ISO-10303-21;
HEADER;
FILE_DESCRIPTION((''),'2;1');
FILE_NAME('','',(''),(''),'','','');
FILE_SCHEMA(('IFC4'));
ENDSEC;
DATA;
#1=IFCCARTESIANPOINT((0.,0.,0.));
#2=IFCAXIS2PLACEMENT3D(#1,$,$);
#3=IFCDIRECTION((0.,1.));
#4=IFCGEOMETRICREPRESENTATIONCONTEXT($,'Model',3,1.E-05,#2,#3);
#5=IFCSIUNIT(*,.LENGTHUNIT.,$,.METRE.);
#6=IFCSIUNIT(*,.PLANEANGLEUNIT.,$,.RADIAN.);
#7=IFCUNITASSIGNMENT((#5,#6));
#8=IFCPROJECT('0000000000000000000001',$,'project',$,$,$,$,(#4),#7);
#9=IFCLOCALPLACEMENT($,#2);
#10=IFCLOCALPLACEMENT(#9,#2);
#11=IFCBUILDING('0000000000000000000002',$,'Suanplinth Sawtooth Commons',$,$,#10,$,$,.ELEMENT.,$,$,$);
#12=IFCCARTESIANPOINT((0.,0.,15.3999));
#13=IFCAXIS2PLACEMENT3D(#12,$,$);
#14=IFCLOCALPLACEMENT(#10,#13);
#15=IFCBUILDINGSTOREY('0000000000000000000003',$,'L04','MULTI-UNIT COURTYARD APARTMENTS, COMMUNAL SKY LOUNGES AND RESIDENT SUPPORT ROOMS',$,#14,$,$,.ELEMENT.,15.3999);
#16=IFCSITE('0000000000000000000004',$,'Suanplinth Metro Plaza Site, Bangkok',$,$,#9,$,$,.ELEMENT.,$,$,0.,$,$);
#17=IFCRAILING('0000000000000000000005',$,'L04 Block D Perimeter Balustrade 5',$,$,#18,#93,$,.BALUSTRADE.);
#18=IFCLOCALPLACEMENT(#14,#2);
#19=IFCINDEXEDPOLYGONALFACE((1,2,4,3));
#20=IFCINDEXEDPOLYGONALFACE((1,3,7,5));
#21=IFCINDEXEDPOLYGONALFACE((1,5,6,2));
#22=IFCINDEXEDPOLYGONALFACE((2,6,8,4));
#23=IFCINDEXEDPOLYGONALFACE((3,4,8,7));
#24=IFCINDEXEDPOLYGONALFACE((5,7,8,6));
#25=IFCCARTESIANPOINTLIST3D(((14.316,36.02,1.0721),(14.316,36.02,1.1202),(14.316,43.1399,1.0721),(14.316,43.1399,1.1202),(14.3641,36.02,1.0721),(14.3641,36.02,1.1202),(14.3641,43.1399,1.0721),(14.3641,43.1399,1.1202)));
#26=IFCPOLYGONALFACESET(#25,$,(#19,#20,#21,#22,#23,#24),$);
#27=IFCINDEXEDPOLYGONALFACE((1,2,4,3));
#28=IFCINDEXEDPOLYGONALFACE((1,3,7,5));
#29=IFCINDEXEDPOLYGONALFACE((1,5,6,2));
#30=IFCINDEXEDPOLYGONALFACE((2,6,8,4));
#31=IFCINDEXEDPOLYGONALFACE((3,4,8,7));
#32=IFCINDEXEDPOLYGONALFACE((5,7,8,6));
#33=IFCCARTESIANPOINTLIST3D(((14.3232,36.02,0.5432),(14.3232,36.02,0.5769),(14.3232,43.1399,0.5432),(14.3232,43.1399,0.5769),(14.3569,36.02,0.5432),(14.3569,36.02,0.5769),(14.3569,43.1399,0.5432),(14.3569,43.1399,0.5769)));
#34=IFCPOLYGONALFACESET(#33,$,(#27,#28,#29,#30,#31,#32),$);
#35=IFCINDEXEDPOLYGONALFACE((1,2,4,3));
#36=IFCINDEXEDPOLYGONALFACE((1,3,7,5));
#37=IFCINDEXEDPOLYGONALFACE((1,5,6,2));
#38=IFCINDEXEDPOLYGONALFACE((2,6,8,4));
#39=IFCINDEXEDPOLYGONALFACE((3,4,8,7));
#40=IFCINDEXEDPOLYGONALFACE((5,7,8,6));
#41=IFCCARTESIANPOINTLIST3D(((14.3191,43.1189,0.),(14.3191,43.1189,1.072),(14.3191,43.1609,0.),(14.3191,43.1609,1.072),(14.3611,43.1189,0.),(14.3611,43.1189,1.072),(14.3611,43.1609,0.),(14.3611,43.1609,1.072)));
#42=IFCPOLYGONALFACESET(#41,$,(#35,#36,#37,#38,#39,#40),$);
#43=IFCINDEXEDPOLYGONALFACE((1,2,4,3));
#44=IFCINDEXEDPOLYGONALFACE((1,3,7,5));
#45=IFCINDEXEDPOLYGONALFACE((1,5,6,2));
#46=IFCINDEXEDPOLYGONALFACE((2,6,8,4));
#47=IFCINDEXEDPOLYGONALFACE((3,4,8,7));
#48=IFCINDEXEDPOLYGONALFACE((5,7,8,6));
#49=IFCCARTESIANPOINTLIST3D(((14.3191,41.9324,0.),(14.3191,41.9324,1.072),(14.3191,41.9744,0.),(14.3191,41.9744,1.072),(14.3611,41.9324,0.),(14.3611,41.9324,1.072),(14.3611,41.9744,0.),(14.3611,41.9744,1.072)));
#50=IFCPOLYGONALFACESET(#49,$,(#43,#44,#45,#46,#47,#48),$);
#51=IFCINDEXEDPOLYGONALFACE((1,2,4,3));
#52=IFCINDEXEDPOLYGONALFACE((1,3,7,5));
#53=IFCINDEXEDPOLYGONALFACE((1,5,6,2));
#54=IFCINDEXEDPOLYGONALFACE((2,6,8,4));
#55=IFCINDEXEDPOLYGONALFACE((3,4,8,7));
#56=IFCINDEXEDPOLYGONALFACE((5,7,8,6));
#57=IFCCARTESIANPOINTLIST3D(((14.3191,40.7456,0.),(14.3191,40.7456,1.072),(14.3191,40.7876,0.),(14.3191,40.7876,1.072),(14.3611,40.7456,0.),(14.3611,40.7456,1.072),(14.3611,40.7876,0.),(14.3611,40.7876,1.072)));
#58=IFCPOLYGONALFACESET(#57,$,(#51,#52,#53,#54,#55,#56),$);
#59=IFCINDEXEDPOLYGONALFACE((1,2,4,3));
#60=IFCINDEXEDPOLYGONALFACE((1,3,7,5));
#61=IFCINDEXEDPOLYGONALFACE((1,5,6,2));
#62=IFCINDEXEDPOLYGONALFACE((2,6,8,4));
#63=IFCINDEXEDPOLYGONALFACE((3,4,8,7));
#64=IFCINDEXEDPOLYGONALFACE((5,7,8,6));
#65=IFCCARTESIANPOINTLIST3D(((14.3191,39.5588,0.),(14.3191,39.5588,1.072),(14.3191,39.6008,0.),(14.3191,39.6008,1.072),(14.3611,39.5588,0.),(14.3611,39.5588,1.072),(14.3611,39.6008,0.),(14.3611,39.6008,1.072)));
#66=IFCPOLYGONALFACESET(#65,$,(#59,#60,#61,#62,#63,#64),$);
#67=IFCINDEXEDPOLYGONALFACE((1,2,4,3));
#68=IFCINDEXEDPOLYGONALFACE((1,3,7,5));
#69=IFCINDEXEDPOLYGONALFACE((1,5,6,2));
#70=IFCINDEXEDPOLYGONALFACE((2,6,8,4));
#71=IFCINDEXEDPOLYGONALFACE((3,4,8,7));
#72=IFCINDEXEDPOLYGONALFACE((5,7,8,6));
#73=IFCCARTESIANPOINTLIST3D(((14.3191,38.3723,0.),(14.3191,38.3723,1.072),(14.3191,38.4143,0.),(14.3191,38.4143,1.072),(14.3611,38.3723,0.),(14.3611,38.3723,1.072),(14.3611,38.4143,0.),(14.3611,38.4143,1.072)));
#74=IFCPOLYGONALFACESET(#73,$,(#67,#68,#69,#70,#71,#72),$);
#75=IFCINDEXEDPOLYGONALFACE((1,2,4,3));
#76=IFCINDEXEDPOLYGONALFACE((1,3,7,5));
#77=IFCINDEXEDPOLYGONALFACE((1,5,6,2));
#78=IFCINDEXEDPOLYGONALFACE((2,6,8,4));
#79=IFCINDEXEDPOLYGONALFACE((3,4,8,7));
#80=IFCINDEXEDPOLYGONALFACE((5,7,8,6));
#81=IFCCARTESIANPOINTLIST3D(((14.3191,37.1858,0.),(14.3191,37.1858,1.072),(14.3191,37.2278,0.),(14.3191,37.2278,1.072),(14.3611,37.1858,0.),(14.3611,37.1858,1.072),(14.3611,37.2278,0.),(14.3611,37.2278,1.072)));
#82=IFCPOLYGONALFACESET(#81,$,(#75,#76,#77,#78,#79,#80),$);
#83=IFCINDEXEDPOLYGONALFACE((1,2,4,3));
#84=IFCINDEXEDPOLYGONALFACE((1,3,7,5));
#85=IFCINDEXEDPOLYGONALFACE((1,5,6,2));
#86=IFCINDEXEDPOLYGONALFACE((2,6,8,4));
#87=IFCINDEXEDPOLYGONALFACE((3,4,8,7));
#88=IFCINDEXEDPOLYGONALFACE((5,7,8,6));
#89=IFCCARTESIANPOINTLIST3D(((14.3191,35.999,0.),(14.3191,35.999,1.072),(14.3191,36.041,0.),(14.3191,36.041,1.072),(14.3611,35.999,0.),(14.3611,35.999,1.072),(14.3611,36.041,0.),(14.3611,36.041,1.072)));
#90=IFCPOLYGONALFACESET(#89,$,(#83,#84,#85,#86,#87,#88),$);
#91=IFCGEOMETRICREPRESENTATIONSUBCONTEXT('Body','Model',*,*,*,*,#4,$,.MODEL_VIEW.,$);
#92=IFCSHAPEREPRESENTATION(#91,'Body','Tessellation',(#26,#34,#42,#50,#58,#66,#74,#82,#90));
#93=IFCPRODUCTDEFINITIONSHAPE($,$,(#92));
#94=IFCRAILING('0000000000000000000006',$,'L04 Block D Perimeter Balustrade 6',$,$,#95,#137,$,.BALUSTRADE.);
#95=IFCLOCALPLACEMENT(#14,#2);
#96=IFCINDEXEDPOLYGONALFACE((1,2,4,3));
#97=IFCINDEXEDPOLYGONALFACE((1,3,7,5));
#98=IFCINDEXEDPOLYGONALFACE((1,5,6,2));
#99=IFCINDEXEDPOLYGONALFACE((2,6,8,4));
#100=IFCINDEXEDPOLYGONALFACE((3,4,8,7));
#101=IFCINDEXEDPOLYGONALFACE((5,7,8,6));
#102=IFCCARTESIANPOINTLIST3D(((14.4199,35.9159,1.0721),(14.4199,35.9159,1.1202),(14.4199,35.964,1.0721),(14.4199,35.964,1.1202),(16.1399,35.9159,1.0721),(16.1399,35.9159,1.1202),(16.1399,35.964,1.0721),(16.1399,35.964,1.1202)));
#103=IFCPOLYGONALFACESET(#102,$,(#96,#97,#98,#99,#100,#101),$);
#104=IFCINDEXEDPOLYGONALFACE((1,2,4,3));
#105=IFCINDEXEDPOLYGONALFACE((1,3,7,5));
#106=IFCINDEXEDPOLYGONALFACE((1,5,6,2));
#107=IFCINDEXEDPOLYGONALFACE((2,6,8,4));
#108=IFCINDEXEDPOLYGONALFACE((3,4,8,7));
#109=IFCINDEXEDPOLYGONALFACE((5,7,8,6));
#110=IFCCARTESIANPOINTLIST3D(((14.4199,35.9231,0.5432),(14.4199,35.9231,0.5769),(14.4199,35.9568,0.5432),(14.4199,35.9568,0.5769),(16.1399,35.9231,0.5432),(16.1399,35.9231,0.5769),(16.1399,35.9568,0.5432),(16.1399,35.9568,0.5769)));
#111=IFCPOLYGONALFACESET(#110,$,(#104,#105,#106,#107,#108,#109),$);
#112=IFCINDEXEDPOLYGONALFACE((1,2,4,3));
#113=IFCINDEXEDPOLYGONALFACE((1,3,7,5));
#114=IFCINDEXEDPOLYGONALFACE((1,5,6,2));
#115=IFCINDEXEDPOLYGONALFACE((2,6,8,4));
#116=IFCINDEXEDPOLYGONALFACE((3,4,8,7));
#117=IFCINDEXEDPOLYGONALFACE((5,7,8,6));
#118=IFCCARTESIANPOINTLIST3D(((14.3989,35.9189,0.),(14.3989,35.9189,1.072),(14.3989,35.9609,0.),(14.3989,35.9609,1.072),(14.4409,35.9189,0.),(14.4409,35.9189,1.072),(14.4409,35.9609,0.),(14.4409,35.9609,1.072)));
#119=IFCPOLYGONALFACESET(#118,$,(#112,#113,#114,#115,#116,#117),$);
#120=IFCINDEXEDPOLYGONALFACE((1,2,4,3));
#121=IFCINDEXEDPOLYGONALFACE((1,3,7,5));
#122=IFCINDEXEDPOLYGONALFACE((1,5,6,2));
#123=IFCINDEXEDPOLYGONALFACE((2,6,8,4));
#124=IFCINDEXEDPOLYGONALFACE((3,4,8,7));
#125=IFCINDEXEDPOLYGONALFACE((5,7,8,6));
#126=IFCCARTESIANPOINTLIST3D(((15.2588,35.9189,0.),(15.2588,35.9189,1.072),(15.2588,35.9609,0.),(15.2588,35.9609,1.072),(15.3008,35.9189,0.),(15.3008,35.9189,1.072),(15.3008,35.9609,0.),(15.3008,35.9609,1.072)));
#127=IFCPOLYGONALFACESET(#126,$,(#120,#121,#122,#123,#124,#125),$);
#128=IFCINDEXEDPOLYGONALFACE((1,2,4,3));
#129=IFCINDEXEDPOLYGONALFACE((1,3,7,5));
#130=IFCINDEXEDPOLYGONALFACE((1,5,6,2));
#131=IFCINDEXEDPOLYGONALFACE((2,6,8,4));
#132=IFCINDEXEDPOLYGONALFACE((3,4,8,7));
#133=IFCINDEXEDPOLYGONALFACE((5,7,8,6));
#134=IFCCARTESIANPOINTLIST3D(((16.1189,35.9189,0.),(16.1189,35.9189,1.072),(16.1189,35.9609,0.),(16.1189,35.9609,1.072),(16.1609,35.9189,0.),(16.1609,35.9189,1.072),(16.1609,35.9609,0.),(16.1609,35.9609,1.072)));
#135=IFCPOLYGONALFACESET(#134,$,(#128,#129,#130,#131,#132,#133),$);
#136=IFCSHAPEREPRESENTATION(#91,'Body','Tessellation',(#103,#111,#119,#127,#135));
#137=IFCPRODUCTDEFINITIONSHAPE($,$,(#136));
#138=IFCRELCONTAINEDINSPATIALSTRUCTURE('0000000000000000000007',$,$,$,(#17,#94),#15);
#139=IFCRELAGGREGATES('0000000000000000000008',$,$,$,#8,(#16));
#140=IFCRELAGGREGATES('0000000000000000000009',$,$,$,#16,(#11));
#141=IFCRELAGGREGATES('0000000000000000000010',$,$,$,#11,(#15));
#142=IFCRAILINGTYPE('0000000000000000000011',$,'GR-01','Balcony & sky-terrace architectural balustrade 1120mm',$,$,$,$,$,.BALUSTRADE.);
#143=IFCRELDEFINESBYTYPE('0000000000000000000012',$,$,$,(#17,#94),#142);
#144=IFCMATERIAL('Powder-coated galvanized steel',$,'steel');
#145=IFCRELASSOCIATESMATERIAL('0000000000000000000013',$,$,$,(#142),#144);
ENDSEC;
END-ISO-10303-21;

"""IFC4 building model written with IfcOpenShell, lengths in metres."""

from ifc_helpers import new_model, si_unit, direction, frame, origin, origin_2d, place, context, subcontext, project, spatial, rectangle, extrude, material, type_object, element, save


model = new_model("IFC4")

# Units and contexts
model_context = context("Model", 3, precision=1e-05, world=origin(), true_north=direction((0.0, 1.0)))
body_context = subcontext(model_context, "Body", "Model", "MODEL_VIEW")
ifc_project = project(units=[si_unit("LENGTHUNIT", "METRE"), si_unit("PLANEANGLEUNIT", "RADIAN")], contexts=[model_context])

# Site, building, storey
site_placement = place(None, origin())
site = spatial("IfcSite", under=ifc_project, at=site_placement, Name="Suanplinth Metro Plaza Site, Bangkok", CompositionType="ELEMENT", RefElevation=0.0)
building_placement = place(site_placement, origin())
building = spatial("IfcBuilding", under=site, at=building_placement, Name="Suanplinth Sawtooth Commons", CompositionType="ELEMENT")
storey_placement = place(building_placement, frame((0.0, 0.0, 15.3999)))
storey = spatial("IfcBuildingStorey", under=building, at=storey_placement, Name="L04", Description="MULTI-UNIT COURTYARD APARTMENTS, COMMUNAL SKY LOUNGES AND RESIDENT SUPPORT ROOMS", CompositionType="ELEMENT", Elevation=15.3999)

# Railings
ifc_material_1 = material(Name="Powder-coated galvanized steel", Category="steel")
railing_type = type_object("IfcRailingType", Name="GR-01", Description="Balcony & sky-terrace architectural balustrade 1120mm", PredefinedType="BALUSTRADE", material=ifc_material_1)
railing_1_placement = place(storey_placement, frame((14.3401, 43.1399, 0.0)))
element("IfcRailing", 1, at=railing_1_placement, inside=storey, type_object=railing_type, Name="L04 Block D Perimeter Balustrade 5", PredefinedType="BALUSTRADE", context=body_context, shape_type="SweptSolid", body=[
    extrude(rectangle(XDim=0.0481, YDim=0.0481, at=origin_2d()), frame((0.0, 0.0, 1.0962), z_axis=(0.0, -1.0, 0.0), x_axis=(1.0, 0.0, 0.0)), (0.0, 0.0, 1.0), 7.1199),
    extrude(rectangle(XDim=0.0337, YDim=0.0337, at=origin_2d()), frame((0.0, 0.0, 0.5601), z_axis=(0.0, -1.0, 0.0), x_axis=(1.0, 0.0, 0.0)), (0.0, 0.0, 1.0), 7.1199),
    extrude(rectangle(XDim=0.042, YDim=0.042, at=origin_2d()), origin(), (0.0, 0.0, 1.0), 1.072),
    extrude(rectangle(XDim=0.042, YDim=0.042, at=origin_2d()), frame((0.0, -1.1865, 0.0)), (0.0, 0.0, 1.0), 1.072),
    extrude(rectangle(XDim=0.042, YDim=0.042, at=origin_2d()), frame((0.0, -2.3733, 0.0)), (0.0, 0.0, 1.0), 1.072),
    extrude(rectangle(XDim=0.042, YDim=0.042, at=origin_2d()), frame((0.0, -3.5601, 0.0)), (0.0, 0.0, 1.0), 1.072),
    extrude(rectangle(XDim=0.042, YDim=0.042, at=origin_2d()), frame((0.0, -4.7466, 0.0)), (0.0, 0.0, 1.0), 1.072),
    extrude(rectangle(XDim=0.042, YDim=0.042, at=origin_2d()), frame((0.0, -5.9331, 0.0)), (0.0, 0.0, 1.0), 1.072),
    extrude(rectangle(XDim=0.042, YDim=0.042, at=origin_2d()), frame((0.0, -7.1199, 0.0)), (0.0, 0.0, 1.0), 1.072),
])
railing_2_placement = place(storey_placement, frame((14.4199, 35.9399, 0.0)))
element("IfcRailing", 2, at=railing_2_placement, inside=storey, type_object=railing_type, Name="L04 Block D Perimeter Balustrade 6", PredefinedType="BALUSTRADE", context=body_context, shape_type="SweptSolid", body=[
    extrude(rectangle(XDim=0.0481, YDim=0.0481, at=origin_2d()), frame((0.0, 0.0, 1.0962), z_axis=(1.0, 0.0, 0.0), x_axis=(0.0, 1.0, 0.0)), (0.0, 0.0, 1.0), 1.72),
    extrude(rectangle(XDim=0.0337, YDim=0.0337, at=origin_2d()), frame((0.0, 0.0, 0.5601), z_axis=(1.0, 0.0, 0.0), x_axis=(0.0, 1.0, 0.0)), (0.0, 0.0, 1.0), 1.72),
    extrude(rectangle(XDim=0.042, YDim=0.042, at=origin_2d()), origin(), (0.0, 0.0, 1.0), 1.072),
    extrude(rectangle(XDim=0.042, YDim=0.042, at=origin_2d()), frame((0.8599, 0.0, 0.0)), (0.0, 0.0, 1.0), 1.072),
    extrude(rectangle(XDim=0.042, YDim=0.042, at=origin_2d()), frame((1.72, 0.0, 0.0)), (0.0, 0.0, 1.0), 1.072),
])

save(model, "model.ifc")
